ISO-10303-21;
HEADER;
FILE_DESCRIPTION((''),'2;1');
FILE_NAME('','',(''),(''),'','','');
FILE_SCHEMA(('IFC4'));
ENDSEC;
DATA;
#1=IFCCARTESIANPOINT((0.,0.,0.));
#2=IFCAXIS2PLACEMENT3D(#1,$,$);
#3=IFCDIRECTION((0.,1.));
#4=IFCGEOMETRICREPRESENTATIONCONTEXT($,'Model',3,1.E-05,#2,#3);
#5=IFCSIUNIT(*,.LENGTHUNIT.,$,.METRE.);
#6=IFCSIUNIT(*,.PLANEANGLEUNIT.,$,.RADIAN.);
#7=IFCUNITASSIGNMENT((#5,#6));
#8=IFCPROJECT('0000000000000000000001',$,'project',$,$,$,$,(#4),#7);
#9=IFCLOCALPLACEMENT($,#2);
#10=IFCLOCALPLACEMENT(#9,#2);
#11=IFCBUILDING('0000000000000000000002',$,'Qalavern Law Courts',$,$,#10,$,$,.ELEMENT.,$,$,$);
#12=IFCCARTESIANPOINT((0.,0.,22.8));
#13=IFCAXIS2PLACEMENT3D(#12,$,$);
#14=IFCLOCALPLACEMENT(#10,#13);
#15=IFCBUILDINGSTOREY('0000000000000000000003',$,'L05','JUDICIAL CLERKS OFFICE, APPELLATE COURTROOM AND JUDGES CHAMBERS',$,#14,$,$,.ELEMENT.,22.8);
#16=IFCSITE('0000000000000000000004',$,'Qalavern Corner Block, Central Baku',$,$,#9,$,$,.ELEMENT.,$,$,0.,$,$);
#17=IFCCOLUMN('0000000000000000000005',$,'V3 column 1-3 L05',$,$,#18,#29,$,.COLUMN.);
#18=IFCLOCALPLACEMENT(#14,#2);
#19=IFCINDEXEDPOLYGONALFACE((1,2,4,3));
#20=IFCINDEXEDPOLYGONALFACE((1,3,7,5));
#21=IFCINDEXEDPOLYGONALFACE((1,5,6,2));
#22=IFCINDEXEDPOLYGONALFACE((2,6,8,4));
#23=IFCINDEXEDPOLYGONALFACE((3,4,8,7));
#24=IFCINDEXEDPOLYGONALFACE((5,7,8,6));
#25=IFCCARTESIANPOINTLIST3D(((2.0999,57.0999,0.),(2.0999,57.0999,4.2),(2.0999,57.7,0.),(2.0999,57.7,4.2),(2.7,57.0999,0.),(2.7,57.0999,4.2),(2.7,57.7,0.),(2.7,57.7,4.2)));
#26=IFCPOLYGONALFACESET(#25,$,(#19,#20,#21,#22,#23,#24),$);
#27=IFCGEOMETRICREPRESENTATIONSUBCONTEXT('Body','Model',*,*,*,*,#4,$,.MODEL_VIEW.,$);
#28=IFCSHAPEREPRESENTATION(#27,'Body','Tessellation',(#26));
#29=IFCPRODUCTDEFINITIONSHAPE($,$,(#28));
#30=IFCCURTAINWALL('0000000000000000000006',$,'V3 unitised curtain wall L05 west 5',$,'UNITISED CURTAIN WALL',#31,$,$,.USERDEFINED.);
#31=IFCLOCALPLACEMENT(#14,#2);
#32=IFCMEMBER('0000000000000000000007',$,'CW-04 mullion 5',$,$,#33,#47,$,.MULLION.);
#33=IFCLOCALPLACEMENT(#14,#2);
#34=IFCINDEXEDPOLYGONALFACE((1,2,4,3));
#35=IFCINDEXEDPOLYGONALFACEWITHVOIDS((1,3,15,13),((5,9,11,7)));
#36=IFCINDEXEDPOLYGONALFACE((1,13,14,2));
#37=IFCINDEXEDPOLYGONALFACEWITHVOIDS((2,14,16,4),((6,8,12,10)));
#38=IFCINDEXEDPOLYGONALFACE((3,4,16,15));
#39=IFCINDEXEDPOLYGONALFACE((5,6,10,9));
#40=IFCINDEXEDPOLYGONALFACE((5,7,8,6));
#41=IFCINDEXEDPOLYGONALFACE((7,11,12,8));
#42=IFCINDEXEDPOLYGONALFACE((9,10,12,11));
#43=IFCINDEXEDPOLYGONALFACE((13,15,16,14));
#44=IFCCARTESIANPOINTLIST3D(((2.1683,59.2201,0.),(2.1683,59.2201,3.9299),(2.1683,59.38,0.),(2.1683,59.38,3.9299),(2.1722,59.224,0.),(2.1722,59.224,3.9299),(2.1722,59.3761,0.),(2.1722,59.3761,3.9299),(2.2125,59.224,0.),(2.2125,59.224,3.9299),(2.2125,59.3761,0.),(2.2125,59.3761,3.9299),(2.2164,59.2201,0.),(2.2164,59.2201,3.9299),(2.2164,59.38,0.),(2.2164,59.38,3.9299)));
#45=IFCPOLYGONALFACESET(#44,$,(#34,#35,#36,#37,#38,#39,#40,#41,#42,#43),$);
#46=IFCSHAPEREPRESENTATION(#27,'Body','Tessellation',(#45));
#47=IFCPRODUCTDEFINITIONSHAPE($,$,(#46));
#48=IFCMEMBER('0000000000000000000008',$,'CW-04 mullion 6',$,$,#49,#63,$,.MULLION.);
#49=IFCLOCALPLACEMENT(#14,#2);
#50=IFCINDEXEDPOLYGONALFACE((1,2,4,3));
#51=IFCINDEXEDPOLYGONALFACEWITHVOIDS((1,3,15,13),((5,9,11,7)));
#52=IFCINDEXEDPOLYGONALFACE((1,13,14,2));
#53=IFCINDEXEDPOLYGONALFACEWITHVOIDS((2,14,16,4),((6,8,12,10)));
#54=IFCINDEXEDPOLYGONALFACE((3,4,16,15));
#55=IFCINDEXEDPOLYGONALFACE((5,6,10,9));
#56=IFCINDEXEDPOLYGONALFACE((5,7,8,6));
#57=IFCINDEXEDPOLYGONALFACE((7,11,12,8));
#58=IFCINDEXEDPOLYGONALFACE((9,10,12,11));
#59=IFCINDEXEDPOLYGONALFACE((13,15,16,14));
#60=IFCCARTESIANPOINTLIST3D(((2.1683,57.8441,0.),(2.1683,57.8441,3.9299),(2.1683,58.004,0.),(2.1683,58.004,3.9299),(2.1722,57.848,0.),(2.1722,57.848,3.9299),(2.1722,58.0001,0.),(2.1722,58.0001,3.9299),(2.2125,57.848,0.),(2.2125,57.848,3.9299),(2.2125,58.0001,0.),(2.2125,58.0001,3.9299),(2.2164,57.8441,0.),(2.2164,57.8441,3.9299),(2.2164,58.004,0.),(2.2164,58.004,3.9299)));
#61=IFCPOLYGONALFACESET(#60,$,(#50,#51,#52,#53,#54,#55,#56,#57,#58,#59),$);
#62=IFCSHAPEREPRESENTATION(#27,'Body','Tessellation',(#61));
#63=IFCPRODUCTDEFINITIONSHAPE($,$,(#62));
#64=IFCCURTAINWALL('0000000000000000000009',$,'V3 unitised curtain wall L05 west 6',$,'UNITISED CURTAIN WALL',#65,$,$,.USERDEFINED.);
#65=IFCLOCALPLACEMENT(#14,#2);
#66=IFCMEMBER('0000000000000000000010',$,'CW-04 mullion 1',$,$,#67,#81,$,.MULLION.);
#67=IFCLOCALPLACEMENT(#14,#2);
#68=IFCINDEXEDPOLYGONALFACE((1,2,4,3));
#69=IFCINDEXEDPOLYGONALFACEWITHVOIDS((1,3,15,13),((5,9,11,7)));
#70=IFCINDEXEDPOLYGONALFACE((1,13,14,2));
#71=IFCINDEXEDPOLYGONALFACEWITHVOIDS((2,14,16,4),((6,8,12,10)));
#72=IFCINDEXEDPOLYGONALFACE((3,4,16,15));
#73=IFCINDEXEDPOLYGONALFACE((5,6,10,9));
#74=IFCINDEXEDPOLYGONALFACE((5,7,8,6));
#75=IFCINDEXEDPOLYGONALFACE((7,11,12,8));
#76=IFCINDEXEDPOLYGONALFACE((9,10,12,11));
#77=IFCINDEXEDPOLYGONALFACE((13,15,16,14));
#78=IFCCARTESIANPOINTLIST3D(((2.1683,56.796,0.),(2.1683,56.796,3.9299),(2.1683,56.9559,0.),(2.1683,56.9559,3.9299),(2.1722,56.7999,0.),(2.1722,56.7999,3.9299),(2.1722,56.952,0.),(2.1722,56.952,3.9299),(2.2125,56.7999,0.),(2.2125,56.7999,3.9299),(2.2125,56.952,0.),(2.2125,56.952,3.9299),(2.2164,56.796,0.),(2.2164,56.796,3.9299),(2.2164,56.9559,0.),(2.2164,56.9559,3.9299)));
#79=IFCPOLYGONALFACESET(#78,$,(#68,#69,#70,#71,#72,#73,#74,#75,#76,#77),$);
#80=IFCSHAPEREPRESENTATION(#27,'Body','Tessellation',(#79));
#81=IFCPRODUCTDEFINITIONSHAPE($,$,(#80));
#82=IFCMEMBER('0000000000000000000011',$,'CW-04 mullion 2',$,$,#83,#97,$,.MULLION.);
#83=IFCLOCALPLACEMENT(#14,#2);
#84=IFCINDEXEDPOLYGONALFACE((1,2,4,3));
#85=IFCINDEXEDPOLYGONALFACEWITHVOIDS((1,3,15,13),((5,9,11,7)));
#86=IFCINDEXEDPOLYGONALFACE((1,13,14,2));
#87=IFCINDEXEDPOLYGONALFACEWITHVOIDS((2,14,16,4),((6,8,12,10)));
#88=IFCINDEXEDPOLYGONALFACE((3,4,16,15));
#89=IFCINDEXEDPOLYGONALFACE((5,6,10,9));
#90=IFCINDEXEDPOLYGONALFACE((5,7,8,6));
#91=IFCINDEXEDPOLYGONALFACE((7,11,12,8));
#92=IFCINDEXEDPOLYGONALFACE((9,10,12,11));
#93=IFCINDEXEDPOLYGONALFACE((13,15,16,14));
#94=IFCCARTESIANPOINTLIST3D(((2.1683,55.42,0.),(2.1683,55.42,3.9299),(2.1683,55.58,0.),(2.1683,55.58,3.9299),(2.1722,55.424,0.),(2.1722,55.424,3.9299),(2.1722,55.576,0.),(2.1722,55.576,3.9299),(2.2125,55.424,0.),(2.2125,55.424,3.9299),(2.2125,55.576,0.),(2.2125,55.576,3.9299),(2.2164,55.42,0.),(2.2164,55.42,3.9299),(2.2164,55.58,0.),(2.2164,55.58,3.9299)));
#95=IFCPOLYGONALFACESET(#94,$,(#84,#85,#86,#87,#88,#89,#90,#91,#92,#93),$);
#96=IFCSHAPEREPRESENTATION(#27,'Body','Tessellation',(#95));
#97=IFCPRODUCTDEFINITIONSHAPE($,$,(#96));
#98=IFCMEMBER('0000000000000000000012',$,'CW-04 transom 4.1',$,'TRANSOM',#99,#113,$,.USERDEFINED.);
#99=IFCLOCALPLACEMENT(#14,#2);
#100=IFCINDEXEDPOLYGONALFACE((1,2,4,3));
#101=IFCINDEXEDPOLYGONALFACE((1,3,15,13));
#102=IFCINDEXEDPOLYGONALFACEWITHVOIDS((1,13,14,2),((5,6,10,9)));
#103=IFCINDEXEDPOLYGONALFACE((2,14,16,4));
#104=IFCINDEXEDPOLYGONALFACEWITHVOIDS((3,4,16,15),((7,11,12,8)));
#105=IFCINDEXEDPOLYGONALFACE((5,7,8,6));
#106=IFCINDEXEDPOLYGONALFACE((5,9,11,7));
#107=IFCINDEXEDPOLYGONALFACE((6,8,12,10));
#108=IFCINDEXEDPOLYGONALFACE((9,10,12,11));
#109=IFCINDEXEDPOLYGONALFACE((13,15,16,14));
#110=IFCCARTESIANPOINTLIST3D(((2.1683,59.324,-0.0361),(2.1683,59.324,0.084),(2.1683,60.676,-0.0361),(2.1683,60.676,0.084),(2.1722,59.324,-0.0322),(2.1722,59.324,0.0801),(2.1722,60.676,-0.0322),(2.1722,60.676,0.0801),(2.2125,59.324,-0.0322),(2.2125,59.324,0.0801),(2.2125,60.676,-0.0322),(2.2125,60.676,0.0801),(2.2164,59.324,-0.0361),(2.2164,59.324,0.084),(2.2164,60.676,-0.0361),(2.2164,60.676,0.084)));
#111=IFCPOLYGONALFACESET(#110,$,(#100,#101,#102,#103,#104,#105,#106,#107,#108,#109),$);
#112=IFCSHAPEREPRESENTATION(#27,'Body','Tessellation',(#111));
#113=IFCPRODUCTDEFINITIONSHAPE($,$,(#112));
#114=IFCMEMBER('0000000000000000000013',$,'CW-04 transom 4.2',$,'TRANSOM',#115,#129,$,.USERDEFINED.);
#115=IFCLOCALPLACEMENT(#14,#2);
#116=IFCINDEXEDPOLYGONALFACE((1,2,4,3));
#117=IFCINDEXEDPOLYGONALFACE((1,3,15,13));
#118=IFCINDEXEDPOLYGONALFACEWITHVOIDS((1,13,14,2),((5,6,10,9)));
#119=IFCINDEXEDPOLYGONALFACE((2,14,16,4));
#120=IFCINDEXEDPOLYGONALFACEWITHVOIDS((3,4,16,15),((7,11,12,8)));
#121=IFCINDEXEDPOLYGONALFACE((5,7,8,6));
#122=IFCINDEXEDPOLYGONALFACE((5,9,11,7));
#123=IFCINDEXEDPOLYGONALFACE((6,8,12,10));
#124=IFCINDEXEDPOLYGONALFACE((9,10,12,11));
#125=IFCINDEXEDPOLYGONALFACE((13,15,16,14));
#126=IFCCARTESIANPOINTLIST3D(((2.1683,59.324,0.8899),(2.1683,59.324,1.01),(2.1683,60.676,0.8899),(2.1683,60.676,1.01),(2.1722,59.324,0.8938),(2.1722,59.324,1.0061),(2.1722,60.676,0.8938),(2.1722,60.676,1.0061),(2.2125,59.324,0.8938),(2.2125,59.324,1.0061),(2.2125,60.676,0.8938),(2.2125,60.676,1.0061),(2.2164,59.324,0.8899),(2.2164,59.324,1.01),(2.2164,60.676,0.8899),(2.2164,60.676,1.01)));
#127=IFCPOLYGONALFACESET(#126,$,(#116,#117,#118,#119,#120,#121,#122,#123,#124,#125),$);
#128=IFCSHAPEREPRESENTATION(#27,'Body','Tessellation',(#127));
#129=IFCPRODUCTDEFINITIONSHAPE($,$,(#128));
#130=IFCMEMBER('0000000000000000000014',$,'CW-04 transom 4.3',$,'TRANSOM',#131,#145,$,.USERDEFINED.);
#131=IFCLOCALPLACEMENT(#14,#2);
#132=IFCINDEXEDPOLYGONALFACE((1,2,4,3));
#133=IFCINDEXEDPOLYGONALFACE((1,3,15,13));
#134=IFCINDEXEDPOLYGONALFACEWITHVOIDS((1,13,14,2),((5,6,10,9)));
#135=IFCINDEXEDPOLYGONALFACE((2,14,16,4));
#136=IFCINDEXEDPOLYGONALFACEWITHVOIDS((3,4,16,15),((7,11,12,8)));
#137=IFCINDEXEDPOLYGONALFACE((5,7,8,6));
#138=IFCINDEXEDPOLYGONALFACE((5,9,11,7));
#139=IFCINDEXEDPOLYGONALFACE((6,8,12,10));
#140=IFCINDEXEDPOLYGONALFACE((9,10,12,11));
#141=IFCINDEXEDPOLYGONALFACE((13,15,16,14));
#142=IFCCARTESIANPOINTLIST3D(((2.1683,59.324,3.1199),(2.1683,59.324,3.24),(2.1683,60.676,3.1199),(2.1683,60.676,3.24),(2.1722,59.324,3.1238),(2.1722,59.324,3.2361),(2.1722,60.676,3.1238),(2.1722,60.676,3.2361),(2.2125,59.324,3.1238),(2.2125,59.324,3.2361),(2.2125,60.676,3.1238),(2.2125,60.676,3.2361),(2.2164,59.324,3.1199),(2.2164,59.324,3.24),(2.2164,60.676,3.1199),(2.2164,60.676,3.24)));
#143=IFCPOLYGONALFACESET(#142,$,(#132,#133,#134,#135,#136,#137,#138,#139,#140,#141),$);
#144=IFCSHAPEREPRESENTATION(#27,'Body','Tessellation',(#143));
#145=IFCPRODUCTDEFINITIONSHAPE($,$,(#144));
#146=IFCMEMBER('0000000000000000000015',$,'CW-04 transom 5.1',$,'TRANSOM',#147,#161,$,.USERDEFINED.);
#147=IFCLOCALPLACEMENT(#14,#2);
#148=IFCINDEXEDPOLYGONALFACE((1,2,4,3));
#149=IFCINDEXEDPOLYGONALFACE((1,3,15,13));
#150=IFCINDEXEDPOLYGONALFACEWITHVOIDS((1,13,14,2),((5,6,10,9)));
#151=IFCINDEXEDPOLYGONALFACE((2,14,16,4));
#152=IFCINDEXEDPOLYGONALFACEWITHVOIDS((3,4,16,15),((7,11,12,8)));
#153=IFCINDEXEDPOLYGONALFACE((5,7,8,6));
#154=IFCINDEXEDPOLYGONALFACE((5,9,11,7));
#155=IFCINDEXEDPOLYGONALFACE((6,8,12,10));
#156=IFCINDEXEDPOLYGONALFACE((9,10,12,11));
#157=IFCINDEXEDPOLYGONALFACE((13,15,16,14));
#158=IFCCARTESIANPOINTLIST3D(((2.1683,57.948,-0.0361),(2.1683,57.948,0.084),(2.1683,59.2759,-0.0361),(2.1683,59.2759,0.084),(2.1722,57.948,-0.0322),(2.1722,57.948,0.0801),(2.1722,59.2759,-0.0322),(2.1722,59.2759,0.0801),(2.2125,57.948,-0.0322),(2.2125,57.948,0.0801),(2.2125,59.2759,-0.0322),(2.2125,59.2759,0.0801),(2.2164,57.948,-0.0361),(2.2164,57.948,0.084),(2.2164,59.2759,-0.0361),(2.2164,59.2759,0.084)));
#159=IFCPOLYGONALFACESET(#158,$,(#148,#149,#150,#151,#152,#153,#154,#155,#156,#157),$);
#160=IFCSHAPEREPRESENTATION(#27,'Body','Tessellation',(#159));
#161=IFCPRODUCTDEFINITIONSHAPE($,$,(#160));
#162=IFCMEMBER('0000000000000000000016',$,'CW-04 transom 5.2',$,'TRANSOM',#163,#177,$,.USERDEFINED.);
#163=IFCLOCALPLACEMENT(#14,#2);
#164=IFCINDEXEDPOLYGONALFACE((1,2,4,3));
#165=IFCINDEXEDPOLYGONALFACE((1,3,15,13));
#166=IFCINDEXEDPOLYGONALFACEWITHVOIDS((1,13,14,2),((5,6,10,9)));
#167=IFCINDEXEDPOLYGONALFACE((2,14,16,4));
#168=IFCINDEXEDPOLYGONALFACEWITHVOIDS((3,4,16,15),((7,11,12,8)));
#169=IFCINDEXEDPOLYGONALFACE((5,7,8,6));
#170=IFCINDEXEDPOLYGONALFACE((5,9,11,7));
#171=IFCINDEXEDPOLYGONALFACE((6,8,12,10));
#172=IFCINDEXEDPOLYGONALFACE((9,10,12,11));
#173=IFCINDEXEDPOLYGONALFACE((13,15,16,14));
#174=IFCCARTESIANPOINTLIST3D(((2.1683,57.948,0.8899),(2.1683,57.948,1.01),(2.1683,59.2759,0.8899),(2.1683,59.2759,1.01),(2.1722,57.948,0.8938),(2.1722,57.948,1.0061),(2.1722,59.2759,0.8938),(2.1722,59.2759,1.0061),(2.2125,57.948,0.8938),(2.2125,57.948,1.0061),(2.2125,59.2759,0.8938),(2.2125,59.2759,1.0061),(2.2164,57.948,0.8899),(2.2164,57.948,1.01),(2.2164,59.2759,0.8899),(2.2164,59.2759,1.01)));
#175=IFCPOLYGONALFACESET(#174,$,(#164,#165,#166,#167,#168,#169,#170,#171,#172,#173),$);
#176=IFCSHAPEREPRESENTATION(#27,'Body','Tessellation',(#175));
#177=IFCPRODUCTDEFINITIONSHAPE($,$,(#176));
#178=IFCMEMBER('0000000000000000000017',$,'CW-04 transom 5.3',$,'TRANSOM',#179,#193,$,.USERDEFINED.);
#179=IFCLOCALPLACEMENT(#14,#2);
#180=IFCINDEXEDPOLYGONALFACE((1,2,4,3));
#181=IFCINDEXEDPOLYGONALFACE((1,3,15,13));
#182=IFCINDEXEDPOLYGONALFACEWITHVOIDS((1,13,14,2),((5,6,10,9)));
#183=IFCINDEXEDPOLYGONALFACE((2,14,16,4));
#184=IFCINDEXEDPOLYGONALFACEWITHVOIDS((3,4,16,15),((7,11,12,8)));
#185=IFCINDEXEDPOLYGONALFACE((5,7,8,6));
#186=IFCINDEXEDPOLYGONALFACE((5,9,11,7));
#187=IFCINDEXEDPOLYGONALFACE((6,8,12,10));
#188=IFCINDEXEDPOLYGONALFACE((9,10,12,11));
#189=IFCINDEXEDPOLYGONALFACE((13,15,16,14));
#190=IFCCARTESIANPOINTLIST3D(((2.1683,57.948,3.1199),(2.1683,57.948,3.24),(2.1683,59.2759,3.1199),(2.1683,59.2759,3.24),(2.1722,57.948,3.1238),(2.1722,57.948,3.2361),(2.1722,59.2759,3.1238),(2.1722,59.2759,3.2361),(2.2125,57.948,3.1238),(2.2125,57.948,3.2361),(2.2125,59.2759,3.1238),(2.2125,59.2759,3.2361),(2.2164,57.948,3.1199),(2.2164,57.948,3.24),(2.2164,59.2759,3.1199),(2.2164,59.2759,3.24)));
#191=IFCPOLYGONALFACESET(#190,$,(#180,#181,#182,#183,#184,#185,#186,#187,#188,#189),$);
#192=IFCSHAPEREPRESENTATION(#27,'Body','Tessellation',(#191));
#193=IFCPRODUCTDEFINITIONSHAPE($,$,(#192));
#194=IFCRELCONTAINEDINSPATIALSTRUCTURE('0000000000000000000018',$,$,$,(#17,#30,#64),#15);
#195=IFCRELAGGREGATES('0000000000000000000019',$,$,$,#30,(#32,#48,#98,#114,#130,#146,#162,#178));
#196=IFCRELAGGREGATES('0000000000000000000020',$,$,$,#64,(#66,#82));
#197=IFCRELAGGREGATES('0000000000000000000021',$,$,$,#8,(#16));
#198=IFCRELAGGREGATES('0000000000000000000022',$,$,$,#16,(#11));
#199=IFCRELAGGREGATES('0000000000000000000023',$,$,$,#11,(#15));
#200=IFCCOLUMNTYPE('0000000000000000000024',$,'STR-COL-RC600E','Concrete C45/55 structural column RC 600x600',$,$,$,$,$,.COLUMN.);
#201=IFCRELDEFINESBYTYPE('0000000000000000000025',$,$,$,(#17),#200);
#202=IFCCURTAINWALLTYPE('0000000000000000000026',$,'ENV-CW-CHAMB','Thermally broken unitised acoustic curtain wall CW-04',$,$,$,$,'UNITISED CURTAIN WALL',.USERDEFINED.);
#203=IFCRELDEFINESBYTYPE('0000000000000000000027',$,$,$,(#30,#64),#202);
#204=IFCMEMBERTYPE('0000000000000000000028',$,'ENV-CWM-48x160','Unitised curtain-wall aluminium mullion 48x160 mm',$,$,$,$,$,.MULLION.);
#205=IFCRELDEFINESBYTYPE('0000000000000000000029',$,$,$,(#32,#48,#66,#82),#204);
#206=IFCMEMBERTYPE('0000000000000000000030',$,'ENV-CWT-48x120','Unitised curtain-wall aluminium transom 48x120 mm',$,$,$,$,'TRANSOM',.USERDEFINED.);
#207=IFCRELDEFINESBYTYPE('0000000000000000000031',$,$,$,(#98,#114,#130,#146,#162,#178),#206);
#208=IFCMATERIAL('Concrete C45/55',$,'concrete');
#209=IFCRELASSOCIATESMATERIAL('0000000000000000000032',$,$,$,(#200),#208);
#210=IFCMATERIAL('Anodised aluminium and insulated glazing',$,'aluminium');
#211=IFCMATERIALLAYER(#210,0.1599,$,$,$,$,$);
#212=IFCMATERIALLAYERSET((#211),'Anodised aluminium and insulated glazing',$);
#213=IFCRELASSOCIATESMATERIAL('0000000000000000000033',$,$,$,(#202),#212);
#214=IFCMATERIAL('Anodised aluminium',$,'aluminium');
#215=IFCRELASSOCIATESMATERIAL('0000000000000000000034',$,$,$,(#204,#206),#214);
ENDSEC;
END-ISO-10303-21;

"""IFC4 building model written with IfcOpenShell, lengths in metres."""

from ifc_helpers import new_model, si_unit, direction, frame, origin, origin_2d, place, context, subcontext, project, spatial, rectangle, hollow_rectangle, extrude, material, layer, layer_set, material_profile, profile_set, type_object, element, aggregate, save


model = new_model("IFC4")

# Units and contexts
model_context = context("Model", 3, precision=1e-05, world=origin(), true_north=direction((0.0, 1.0)))
body_context = subcontext(model_context, "Body", "Model", "MODEL_VIEW")
ifc_project = project(units=[si_unit("LENGTHUNIT", "METRE"), si_unit("PLANEANGLEUNIT", "RADIAN")], contexts=[model_context])

# Site, building, storey
site_placement = place(None, origin())
site = spatial("IfcSite", under=ifc_project, at=site_placement, Name="Qalavern Corner Block, Central Baku", CompositionType="ELEMENT", RefElevation=0.0)
building_placement = place(site_placement, origin())
building = spatial("IfcBuilding", under=site, at=building_placement, Name="Qalavern Law Courts", CompositionType="ELEMENT")
storey_placement = place(building_placement, frame((0.0, 0.0, 22.8)))
storey = spatial("IfcBuildingStorey", under=building, at=storey_placement, Name="L05", Description="JUDICIAL CLERKS OFFICE, APPELLATE COURTROOM AND JUDGES CHAMBERS", CompositionType="ELEMENT", Elevation=22.8)

# Column
ifc_material_1 = material(Name="Concrete C45/55", Category="concrete")
ifc_material_profile_1 = material_profile(ifc_material_1, rectangle(XDim=0.6001, YDim=0.6001, at=origin_2d()), Name="RC 600x600")
ifc_profile_set_1 = profile_set([ifc_material_profile_1], Name="Concrete C45/55")
column_type = type_object("IfcColumnType", Name="STR-COL-RC600E", Description="Concrete C45/55 structural column RC 600x600", PredefinedType="COLUMN", material=ifc_profile_set_1)
column_placement = place(storey_placement, frame((2.3999, 57.3999, 0.0), z_axis=(0.0, 0.0, 1.0), x_axis=(1.0, 0.0, 0.0)))
element("IfcColumn", 1, at=column_placement, inside=storey, type_object=column_type, Name="V3 column 1-3 L05", PredefinedType="COLUMN", context=body_context, shape_type="SweptSolid", body=[
    extrude(rectangle(XDim=0.6001, YDim=0.6001, at=origin_2d()), origin(), (0.0, 0.0, 1.0), 4.2),
])

# Curtain walls, members
ifc_material_2 = material(Name="Anodised aluminium and insulated glazing", Category="aluminium")
ifc_layer_1 = layer(ifc_material_2, 0.1599)
ifc_layer_set_1 = layer_set([ifc_layer_1], Name="Anodised aluminium and insulated glazing")
curtain_wall_type = type_object("IfcCurtainWallType", Name="ENV-CW-CHAMB", Description="Thermally broken unitised acoustic curtain wall CW-04", ElementType="UNITISED CURTAIN WALL", PredefinedType="USERDEFINED", material=ifc_layer_set_1)
curtain_wall_1_placement = place(storey_placement, origin())
curtain_wall_1 = element("IfcCurtainWall", 2, at=curtain_wall_1_placement, inside=storey, type_object=curtain_wall_type, Name="V3 unitised curtain wall L05 west 5", ObjectType="UNITISED CURTAIN WALL", PredefinedType="USERDEFINED")
ifc_material_3 = material(Name="Anodised aluminium", Category="aluminium")
ifc_material_profile_2 = material_profile(ifc_material_3, hollow_rectangle(XDim=0.0481, YDim=0.1599, WallThickness=0.0039, at=origin_2d()), Name="ALU MULLION 48x160")
ifc_profile_set_2 = profile_set([ifc_material_profile_2], Name="Anodised aluminium")
member_type_1 = type_object("IfcMemberType", Name="ENV-CWM-48x160", Description="Unitised curtain-wall aluminium mullion 48x160 mm", PredefinedType="MULLION", material=ifc_profile_set_2)
member_1_placement = place(storey_placement, frame((2.1924, 59.3, 0.0), z_axis=(0.0, 0.0, 1.0), x_axis=(1.0, 0.0, 0.0)))
member_1 = element("IfcMember", 3, at=member_1_placement, type_object=member_type_1, Name="CW-04 mullion 5", PredefinedType="MULLION", context=body_context, shape_type="SweptSolid", body=[
    extrude(hollow_rectangle(XDim=0.0481, YDim=0.1599, WallThickness=0.0039, at=origin_2d()), origin(), (0.0, 0.0, 1.0), 3.9299),
])
member_2_placement = place(storey_placement, frame((2.1924, 57.9241, 0.0), z_axis=(0.0, 0.0, 1.0), x_axis=(1.0, 0.0, 0.0)))
member_2 = element("IfcMember", 4, at=member_2_placement, type_object=member_type_1, Name="CW-04 mullion 6", PredefinedType="MULLION", context=body_context, shape_type="SweptSolid", body=[
    extrude(hollow_rectangle(XDim=0.0481, YDim=0.1599, WallThickness=0.0039, at=origin_2d()), origin(), (0.0, 0.0, 1.0), 3.9299),
])
curtain_wall_2_placement = place(storey_placement, origin())
curtain_wall_2 = element("IfcCurtainWall", 5, at=curtain_wall_2_placement, inside=storey, type_object=curtain_wall_type, Name="V3 unitised curtain wall L05 west 6", ObjectType="UNITISED CURTAIN WALL", PredefinedType="USERDEFINED")
member_3_placement = place(storey_placement, frame((2.1924, 56.876, 0.0), z_axis=(0.0, 0.0, 1.0), x_axis=(1.0, 0.0, 0.0)))
member_3 = element("IfcMember", 6, at=member_3_placement, type_object=member_type_1, Name="CW-04 mullion 1", PredefinedType="MULLION", context=body_context, shape_type="SweptSolid", body=[
    extrude(hollow_rectangle(XDim=0.0481, YDim=0.1599, WallThickness=0.0039, at=origin_2d()), origin(), (0.0, 0.0, 1.0), 3.9299),
])
member_4_placement = place(storey_placement, frame((2.1924, 55.5, 0.0), z_axis=(0.0, 0.0, 1.0), x_axis=(1.0, 0.0, 0.0)))
member_4 = element("IfcMember", 7, at=member_4_placement, type_object=member_type_1, Name="CW-04 mullion 2", PredefinedType="MULLION", context=body_context, shape_type="SweptSolid", body=[
    extrude(hollow_rectangle(XDim=0.0481, YDim=0.1599, WallThickness=0.0039, at=origin_2d()), origin(), (0.0, 0.0, 1.0), 3.9299),
])

# Members
ifc_material_profile_3 = material_profile(ifc_material_3, hollow_rectangle(XDim=0.0481, YDim=0.1201, WallThickness=0.0039, at=origin_2d()), Name="ALU TRANSOM 48x120")
ifc_profile_set_3 = profile_set([ifc_material_profile_3], Name="Anodised aluminium")
member_type_2 = type_object("IfcMemberType", Name="ENV-CWT-48x120", Description="Unitised curtain-wall aluminium transom 48x120 mm", ElementType="TRANSOM", PredefinedType="USERDEFINED", material=ifc_profile_set_3)
member_5_placement = place(storey_placement, frame((2.1924, 60.676, 0.0239), z_axis=(0.0, -1.0, 0.0), x_axis=(1.0, 0.0, 0.0)))
member_5 = element("IfcMember", 8, at=member_5_placement, type_object=member_type_2, Name="CW-04 transom 4.1", ObjectType="TRANSOM", PredefinedType="USERDEFINED", context=body_context, shape_type="SweptSolid", body=[
    extrude(hollow_rectangle(XDim=0.0481, YDim=0.1201, WallThickness=0.0039, at=origin_2d()), origin(), (0.0, 0.0, 1.0), 1.3521),
])
member_6_placement = place(storey_placement, frame((2.1924, 60.676, 0.95), z_axis=(0.0, -1.0, 0.0), x_axis=(1.0, 0.0, 0.0)))
member_6 = element("IfcMember", 9, at=member_6_placement, type_object=member_type_2, Name="CW-04 transom 4.2", ObjectType="TRANSOM", PredefinedType="USERDEFINED", context=body_context, shape_type="SweptSolid", body=[
    extrude(hollow_rectangle(XDim=0.0481, YDim=0.1201, WallThickness=0.0039, at=origin_2d()), origin(), (0.0, 0.0, 1.0), 1.3521),
])
member_7_placement = place(storey_placement, frame((2.1924, 60.676, 3.1799), z_axis=(0.0, -1.0, 0.0), x_axis=(1.0, 0.0, 0.0)))
member_7 = element("IfcMember", 10, at=member_7_placement, type_object=member_type_2, Name="CW-04 transom 4.3", ObjectType="TRANSOM", PredefinedType="USERDEFINED", context=body_context, shape_type="SweptSolid", body=[
    extrude(hollow_rectangle(XDim=0.0481, YDim=0.1201, WallThickness=0.0039, at=origin_2d()), origin(), (0.0, 0.0, 1.0), 1.3521),
])
member_8_placement = place(storey_placement, frame((2.1924, 59.2759, 0.0239), z_axis=(0.0, -1.0, 0.0), x_axis=(1.0, 0.0, 0.0)))
member_8 = element("IfcMember", 11, at=member_8_placement, type_object=member_type_2, Name="CW-04 transom 5.1", ObjectType="TRANSOM", PredefinedType="USERDEFINED", context=body_context, shape_type="SweptSolid", body=[
    extrude(hollow_rectangle(XDim=0.0481, YDim=0.1201, WallThickness=0.0039, at=origin_2d()), origin(), (0.0, 0.0, 1.0), 1.3279),
])
member_9_placement = place(storey_placement, frame((2.1924, 59.2759, 0.95), z_axis=(0.0, -1.0, 0.0), x_axis=(1.0, 0.0, 0.0)))
member_9 = element("IfcMember", 12, at=member_9_placement, type_object=member_type_2, Name="CW-04 transom 5.2", ObjectType="TRANSOM", PredefinedType="USERDEFINED", context=body_context, shape_type="SweptSolid", body=[
    extrude(hollow_rectangle(XDim=0.0481, YDim=0.1201, WallThickness=0.0039, at=origin_2d()), origin(), (0.0, 0.0, 1.0), 1.3279),
])
member_10_placement = place(storey_placement, frame((2.1924, 59.2759, 3.1799), z_axis=(0.0, -1.0, 0.0), x_axis=(1.0, 0.0, 0.0)))
member_10 = element("IfcMember", 13, at=member_10_placement, type_object=member_type_2, Name="CW-04 transom 5.3", ObjectType="TRANSOM", PredefinedType="USERDEFINED", context=body_context, shape_type="SweptSolid", body=[
    extrude(hollow_rectangle(XDim=0.0481, YDim=0.1201, WallThickness=0.0039, at=origin_2d()), origin(), (0.0, 0.0, 1.0), 1.3279),
])

aggregate(curtain_wall_1, [member_1, member_2, member_5, member_6, member_7, member_8, member_9, member_10])
aggregate(curtain_wall_2, [member_3, member_4])

save(model, "model.ifc")
